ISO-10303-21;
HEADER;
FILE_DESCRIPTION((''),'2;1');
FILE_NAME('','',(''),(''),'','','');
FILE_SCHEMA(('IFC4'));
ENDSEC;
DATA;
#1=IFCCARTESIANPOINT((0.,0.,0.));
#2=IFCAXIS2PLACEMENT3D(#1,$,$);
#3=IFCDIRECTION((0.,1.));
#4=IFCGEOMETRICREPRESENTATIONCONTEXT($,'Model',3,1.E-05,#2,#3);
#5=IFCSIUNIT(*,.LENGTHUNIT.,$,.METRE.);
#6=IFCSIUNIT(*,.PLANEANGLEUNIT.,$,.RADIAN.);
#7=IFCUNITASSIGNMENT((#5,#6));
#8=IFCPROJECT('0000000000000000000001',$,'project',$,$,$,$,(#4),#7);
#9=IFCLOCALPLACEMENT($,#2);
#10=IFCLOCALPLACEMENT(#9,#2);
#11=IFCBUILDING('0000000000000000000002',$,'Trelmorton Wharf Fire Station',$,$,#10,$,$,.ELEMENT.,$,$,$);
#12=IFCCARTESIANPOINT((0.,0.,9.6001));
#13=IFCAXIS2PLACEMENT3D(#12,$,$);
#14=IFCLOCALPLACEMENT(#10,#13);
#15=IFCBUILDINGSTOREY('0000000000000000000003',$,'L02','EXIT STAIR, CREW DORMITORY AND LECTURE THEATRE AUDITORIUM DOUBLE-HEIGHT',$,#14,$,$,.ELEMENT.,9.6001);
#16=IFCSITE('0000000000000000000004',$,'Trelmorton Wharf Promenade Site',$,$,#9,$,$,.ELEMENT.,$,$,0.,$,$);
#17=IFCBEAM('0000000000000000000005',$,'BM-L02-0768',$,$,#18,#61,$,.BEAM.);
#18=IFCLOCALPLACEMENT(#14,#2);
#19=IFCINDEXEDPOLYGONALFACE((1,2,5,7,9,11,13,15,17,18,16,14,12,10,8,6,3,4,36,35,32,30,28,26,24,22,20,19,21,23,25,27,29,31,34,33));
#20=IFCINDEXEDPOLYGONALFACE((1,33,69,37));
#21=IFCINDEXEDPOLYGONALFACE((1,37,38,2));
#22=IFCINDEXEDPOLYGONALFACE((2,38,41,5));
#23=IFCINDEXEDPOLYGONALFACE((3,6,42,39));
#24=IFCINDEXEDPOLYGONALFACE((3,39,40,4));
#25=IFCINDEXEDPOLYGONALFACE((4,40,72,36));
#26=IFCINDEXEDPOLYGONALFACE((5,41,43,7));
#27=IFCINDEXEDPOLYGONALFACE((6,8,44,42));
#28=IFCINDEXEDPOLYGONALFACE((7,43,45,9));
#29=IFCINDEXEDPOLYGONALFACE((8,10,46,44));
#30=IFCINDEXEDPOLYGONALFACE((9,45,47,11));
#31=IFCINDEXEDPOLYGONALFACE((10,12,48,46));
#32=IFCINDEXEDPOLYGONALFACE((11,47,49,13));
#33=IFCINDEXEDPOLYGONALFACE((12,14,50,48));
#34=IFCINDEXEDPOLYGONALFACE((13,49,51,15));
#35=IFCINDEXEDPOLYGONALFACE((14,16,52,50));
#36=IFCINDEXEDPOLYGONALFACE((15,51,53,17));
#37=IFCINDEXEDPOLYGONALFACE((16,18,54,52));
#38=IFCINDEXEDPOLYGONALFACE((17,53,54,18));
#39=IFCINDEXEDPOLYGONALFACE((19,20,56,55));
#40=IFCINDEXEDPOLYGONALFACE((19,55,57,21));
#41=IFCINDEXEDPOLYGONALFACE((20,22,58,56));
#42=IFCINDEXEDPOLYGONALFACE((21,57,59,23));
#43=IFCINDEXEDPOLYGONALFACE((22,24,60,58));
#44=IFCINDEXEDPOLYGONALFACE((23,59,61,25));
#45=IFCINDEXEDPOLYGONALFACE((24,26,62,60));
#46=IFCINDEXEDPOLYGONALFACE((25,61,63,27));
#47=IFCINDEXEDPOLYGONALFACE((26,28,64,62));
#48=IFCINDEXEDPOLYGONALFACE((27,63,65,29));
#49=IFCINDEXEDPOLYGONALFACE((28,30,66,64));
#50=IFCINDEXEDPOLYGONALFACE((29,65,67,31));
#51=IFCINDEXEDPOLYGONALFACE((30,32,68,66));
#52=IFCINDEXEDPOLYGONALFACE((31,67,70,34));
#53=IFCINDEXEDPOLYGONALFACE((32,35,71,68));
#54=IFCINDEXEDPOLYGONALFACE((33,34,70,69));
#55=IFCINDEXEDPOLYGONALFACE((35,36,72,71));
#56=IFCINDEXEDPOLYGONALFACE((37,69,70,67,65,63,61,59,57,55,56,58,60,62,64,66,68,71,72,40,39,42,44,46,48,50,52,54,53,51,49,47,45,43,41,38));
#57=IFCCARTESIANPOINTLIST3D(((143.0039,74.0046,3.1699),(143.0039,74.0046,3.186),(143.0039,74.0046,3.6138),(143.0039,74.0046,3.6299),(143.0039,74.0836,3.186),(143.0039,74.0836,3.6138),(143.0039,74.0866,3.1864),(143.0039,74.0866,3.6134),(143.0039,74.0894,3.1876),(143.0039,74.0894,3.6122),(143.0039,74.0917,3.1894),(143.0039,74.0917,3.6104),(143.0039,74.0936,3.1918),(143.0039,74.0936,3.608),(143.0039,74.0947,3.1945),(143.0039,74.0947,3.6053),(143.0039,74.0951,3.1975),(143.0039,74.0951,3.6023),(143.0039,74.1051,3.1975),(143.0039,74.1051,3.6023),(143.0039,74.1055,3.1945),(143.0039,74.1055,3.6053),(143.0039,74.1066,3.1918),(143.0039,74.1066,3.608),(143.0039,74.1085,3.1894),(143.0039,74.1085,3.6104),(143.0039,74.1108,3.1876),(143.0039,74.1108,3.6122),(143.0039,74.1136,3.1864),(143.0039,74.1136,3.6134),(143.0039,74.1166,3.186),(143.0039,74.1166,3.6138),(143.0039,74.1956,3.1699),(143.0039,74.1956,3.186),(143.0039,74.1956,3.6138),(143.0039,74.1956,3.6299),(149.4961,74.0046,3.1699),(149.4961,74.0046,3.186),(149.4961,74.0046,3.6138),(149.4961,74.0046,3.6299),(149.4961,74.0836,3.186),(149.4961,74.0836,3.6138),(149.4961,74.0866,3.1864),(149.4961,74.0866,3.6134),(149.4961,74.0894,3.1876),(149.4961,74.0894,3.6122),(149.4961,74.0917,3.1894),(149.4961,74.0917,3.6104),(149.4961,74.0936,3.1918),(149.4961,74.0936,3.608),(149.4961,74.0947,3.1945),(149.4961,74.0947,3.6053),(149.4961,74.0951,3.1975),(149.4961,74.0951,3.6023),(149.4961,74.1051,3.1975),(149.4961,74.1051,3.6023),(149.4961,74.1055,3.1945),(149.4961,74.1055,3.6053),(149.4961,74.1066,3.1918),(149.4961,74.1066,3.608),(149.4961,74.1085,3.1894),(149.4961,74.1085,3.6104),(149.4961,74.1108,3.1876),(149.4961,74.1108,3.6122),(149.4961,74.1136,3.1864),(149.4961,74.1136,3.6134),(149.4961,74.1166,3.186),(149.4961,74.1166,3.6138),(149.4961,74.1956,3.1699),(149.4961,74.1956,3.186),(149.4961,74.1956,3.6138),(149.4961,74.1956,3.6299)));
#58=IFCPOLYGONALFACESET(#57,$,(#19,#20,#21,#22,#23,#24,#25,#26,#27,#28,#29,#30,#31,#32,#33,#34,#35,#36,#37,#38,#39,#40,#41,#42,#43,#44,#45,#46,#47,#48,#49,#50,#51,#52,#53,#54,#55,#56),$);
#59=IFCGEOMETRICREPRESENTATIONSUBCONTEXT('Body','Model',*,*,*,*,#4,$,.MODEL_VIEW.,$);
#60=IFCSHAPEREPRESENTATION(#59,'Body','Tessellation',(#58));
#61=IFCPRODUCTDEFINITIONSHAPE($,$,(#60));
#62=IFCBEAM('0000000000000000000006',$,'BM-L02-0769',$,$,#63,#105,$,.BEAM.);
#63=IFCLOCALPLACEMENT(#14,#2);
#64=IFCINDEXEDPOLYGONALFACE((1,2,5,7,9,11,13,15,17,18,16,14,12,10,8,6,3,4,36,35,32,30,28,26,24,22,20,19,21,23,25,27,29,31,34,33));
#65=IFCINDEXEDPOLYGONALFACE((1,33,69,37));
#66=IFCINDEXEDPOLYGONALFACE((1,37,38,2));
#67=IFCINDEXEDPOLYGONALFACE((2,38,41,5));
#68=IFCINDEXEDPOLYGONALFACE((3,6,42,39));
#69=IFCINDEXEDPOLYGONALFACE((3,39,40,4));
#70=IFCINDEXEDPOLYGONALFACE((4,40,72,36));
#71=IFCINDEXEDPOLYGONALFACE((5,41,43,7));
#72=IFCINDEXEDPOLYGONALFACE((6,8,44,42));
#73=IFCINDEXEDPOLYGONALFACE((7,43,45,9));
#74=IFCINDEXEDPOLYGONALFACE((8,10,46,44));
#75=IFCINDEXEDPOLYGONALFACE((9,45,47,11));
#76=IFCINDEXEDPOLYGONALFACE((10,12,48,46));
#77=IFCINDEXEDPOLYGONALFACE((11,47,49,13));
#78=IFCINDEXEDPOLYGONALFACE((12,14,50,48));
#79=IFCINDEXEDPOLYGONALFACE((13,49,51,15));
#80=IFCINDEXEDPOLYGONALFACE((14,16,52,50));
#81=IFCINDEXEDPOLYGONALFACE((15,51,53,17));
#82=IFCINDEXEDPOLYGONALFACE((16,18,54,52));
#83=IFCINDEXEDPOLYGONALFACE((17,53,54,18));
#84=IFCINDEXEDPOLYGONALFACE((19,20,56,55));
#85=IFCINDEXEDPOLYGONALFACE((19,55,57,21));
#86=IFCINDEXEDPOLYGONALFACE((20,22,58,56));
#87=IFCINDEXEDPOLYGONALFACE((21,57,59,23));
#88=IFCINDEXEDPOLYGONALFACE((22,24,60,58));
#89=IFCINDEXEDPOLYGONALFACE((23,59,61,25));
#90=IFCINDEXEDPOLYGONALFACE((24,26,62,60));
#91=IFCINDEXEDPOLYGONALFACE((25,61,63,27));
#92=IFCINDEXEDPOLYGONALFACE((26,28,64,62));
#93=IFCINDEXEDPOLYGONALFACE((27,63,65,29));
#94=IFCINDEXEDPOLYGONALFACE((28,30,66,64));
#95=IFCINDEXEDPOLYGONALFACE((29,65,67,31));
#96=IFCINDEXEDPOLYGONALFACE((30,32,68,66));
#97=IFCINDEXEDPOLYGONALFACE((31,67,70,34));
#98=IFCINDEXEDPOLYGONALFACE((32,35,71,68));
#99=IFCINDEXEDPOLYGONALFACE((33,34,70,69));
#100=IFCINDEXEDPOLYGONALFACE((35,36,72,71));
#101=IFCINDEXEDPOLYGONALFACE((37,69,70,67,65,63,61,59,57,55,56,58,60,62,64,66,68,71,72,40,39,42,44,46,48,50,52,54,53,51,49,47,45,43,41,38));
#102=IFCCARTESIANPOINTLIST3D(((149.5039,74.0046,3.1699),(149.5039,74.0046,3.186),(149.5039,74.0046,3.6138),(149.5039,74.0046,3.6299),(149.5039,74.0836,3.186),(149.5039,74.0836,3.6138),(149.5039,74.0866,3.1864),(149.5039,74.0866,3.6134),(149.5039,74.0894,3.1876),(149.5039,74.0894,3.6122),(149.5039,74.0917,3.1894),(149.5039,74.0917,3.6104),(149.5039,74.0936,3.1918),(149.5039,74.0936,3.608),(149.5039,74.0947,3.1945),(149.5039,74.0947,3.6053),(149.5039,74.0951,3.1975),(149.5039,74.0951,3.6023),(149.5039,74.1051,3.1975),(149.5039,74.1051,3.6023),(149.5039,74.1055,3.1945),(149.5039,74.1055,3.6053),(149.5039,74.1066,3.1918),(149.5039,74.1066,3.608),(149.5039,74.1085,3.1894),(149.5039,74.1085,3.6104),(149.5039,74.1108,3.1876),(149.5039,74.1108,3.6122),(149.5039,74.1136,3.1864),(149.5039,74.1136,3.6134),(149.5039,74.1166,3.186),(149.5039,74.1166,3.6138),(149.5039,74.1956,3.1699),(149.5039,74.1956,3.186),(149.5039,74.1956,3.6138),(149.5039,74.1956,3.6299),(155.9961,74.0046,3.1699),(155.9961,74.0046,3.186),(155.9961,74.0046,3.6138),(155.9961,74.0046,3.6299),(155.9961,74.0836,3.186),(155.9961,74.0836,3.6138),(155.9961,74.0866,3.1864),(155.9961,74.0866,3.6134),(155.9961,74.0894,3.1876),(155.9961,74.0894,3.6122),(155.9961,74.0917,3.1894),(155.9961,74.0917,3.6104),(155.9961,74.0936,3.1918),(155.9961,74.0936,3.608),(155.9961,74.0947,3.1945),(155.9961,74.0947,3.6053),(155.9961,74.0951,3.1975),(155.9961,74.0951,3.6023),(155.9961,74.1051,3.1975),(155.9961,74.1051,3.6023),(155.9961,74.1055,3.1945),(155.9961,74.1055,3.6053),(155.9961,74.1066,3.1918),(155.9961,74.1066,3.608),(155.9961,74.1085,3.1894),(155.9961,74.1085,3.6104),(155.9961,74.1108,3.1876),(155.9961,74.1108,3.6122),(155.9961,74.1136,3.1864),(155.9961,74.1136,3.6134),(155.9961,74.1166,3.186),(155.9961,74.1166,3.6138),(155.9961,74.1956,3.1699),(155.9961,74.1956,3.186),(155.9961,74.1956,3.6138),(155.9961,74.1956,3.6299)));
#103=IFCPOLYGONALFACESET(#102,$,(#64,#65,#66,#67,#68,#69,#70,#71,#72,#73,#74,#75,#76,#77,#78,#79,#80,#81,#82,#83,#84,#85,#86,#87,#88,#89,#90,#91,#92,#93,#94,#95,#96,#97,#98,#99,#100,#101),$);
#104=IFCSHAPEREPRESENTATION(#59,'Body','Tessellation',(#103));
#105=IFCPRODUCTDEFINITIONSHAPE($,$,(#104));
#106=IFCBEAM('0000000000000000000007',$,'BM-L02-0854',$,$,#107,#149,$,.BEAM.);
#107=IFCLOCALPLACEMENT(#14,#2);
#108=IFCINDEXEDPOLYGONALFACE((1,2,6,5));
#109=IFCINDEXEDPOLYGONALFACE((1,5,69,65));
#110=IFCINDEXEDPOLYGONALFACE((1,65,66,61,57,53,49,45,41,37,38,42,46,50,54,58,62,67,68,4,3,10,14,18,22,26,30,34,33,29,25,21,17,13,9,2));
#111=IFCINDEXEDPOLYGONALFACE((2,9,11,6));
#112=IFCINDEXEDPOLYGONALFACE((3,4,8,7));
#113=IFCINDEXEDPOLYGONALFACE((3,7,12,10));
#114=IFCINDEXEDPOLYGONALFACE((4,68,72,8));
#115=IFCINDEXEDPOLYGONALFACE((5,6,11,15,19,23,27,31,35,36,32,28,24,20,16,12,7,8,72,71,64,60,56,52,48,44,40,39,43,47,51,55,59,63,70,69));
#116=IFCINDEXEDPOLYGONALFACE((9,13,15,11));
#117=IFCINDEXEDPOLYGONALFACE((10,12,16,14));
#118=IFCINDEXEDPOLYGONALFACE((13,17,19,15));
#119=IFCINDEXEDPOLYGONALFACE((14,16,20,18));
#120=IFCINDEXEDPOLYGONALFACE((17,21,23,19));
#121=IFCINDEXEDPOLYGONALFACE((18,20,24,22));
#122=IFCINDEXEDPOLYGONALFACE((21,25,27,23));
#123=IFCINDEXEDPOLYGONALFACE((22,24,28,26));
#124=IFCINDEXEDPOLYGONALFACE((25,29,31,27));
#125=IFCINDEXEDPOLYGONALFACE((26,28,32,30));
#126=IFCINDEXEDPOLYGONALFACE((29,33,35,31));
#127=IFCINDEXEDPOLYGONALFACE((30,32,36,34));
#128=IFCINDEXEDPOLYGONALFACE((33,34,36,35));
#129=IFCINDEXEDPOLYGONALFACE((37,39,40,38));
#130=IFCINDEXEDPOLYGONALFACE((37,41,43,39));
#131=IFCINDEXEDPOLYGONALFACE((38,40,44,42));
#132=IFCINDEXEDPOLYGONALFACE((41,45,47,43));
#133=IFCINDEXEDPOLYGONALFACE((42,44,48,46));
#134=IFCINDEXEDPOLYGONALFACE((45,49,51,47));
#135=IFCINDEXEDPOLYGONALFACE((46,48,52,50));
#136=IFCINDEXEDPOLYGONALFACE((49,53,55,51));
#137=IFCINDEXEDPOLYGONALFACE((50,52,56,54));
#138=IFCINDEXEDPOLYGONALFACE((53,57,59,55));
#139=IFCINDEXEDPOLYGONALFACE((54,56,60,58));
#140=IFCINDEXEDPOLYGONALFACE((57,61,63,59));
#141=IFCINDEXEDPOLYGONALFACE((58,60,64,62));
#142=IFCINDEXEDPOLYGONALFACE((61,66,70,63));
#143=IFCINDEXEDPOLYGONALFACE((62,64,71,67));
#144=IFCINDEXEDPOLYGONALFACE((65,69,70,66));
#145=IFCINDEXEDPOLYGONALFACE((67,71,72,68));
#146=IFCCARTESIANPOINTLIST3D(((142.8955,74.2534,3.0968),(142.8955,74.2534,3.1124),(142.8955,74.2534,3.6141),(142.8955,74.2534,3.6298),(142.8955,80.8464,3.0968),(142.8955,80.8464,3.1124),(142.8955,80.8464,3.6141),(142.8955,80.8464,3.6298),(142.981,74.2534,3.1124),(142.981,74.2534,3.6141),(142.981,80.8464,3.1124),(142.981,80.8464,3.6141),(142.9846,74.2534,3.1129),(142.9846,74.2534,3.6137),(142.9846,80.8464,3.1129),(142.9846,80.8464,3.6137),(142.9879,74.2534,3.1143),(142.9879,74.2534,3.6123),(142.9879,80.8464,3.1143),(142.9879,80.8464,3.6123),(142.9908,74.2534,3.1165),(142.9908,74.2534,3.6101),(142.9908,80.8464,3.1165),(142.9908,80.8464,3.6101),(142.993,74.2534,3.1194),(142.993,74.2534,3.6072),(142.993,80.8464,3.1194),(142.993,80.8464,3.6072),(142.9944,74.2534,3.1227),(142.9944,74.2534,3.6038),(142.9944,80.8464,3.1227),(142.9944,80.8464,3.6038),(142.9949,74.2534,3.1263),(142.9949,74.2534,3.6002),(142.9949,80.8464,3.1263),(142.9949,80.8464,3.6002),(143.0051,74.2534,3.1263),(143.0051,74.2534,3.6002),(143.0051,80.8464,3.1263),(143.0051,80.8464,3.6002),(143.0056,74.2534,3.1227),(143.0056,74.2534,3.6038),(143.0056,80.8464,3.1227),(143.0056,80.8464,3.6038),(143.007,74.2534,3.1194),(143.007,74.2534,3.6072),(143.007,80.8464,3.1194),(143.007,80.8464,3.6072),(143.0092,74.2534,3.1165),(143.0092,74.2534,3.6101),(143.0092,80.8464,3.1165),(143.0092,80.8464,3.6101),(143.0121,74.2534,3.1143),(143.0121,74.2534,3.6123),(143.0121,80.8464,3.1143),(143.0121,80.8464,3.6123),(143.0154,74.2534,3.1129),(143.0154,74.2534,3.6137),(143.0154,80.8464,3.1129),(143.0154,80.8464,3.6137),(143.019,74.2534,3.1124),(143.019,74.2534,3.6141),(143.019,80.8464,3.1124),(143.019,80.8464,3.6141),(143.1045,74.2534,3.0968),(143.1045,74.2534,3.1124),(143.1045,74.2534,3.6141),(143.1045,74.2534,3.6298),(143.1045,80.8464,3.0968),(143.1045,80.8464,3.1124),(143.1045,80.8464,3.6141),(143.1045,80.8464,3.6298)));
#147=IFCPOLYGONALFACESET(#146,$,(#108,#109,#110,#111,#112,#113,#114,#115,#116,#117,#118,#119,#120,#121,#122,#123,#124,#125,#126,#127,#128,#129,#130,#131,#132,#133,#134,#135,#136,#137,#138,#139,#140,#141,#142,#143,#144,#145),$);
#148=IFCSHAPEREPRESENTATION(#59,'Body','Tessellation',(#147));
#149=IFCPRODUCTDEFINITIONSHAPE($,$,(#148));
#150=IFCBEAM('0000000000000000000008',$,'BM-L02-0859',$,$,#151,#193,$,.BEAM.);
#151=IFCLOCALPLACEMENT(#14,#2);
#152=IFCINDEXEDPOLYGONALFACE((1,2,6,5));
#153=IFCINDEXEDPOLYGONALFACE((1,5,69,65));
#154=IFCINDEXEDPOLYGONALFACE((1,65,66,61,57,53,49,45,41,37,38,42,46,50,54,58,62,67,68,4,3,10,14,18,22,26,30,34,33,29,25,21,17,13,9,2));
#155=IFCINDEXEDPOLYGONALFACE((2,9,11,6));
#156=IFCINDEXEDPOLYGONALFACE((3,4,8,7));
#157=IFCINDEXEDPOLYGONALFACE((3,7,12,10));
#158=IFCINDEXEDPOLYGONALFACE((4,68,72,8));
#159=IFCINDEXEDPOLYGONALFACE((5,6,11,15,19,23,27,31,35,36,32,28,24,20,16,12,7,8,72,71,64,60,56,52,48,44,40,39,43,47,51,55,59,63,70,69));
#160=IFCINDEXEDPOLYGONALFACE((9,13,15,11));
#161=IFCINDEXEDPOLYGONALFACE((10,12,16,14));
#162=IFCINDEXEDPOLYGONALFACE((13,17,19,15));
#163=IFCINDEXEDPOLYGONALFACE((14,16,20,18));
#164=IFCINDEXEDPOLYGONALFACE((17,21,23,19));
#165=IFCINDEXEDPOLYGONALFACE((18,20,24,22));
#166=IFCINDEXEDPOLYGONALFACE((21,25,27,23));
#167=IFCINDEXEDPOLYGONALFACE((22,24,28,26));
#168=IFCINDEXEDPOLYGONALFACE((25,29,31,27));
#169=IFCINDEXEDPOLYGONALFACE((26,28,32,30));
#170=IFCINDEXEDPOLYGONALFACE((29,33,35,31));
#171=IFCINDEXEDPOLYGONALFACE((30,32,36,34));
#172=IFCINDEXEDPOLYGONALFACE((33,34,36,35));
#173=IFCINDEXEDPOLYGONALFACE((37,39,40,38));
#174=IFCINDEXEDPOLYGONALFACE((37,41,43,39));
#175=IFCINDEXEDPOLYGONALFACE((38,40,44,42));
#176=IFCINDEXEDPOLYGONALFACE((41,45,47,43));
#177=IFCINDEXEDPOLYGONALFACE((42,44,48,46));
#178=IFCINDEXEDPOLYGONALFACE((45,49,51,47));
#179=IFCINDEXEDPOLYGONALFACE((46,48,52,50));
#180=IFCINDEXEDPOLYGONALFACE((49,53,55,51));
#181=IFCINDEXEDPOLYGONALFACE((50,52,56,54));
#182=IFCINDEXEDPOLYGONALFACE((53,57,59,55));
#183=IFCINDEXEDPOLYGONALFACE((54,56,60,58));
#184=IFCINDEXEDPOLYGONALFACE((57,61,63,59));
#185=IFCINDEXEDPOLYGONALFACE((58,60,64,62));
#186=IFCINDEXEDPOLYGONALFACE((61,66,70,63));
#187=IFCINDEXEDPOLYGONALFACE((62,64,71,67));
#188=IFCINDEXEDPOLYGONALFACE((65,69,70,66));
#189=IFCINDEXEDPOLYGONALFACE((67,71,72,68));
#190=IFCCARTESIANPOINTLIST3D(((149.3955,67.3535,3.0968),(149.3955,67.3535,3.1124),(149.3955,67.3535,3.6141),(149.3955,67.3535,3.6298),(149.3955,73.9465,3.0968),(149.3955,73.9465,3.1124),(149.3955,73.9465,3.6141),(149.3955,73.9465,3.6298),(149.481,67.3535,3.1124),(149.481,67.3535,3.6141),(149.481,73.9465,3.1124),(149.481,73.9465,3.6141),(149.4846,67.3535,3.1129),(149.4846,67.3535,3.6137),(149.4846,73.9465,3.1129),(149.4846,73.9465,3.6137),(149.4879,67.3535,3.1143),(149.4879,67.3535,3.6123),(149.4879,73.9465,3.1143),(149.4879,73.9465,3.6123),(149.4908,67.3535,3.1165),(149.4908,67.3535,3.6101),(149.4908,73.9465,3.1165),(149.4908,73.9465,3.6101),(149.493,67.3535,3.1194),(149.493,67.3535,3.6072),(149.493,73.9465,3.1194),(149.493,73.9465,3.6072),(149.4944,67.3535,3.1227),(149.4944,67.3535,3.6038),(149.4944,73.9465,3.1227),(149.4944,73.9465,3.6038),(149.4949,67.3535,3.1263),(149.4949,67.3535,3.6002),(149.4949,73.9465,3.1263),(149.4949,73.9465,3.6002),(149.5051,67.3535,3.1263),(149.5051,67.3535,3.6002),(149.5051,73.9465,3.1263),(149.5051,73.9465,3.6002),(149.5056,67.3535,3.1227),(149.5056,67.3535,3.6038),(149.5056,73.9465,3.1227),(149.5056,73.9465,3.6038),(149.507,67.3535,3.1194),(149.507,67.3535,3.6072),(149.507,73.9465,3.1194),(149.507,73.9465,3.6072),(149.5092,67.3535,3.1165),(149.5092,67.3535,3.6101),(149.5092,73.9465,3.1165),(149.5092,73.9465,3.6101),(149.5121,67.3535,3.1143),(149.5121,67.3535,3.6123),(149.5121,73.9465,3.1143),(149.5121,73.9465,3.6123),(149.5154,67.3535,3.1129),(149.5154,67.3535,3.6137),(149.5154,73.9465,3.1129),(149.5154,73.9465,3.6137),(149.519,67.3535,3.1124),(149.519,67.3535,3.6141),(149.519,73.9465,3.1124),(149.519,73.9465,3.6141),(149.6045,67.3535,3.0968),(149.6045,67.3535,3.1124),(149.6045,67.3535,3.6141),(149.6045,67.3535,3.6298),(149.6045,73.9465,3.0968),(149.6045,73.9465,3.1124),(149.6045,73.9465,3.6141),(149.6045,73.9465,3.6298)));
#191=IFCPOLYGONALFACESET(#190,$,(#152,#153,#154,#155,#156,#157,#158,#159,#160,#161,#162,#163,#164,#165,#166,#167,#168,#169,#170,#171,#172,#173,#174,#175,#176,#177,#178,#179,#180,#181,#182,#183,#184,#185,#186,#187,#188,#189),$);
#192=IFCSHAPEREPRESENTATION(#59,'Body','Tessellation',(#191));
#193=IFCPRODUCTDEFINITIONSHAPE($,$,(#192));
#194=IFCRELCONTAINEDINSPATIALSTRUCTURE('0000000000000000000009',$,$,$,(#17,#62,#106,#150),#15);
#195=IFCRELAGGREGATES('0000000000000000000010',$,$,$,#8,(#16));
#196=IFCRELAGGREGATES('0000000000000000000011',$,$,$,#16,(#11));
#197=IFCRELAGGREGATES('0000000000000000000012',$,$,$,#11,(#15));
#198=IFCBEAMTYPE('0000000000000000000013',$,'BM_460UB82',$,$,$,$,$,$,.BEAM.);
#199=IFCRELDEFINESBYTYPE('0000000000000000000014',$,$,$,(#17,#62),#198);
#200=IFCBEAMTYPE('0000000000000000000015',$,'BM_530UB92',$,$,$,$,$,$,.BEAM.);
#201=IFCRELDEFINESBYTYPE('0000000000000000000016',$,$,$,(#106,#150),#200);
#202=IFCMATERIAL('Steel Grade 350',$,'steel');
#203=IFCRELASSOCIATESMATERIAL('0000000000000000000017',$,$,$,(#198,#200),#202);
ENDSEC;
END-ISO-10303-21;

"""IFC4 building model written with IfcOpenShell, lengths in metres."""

from ifc_helpers import new_model, si_unit, direction, frame, origin, origin_2d, place, context, subcontext, project, spatial, i_section, extrude, material, material_profile, profile_set, type_object, element, save


model = new_model("IFC4")

# Units and contexts
model_context = context("Model", 3, precision=1e-05, world=origin(), true_north=direction((0.0, 1.0)))
body_context = subcontext(model_context, "Body", "Model", "MODEL_VIEW")
ifc_project = project(units=[si_unit("LENGTHUNIT", "METRE"), si_unit("PLANEANGLEUNIT", "RADIAN")], contexts=[model_context])

# Site, building, storey
site_placement = place(None, origin())
site = spatial("IfcSite", under=ifc_project, at=site_placement, Name="Trelmorton Wharf Promenade Site", CompositionType="ELEMENT", RefElevation=0.0)
building_placement = place(site_placement, origin())
building = spatial("IfcBuilding", under=site, at=building_placement, Name="Trelmorton Wharf Fire Station", CompositionType="ELEMENT")
storey_placement = place(building_placement, frame((0.0, 0.0, 9.6001)))
storey = spatial("IfcBuildingStorey", under=building, at=storey_placement, Name="L02", Description="EXIT STAIR, CREW DORMITORY AND LECTURE THEATRE AUDITORIUM DOUBLE-HEIGHT", CompositionType="ELEMENT", Elevation=9.6001)

# Shared definitions
ifc_material_1 = material(Name="Steel Grade 350", Category="steel")

# Beams
ifc_material_profile_1 = material_profile(ifc_material_1, i_section(OverallWidth=0.1909, OverallDepth=0.46, WebThickness=0.01, FlangeThickness=0.0161, FilletRadius=0.0115, at=origin_2d()), Name="460UB82.1")
ifc_profile_set_1 = profile_set([ifc_material_profile_1], Name="Steel Grade 350")
beam_type_1 = type_object("IfcBeamType", Name="BM_460UB82", PredefinedType="BEAM", material=ifc_profile_set_1)
for number, where, z_axis, x_axis, name in (
    (1, (143.0039, 74.1001, 3.3999), (1.0, 0.0, 0.0), (0.0, 1.0, 0.0), "BM-L02-0768"),
    (2, (149.5039, 74.1001, 3.3999), (1.0, 0.0, 0.0), (0.0, 1.0, 0.0), "BM-L02-0769"),
):
    element("IfcBeam", number, at=place(storey_placement, frame(where, z_axis=z_axis, x_axis=x_axis)), inside=storey, type_object=beam_type_1, Name=name, PredefinedType="BEAM", context=body_context, shape_type="SweptSolid", body=[
        extrude(i_section(OverallWidth=0.1909, OverallDepth=0.46, WebThickness=0.01, FlangeThickness=0.0161, FilletRadius=0.0115, at=origin_2d()), origin(), (0.0, 0.0, 1.0), 6.4922),
    ])
ifc_material_profile_2 = material_profile(ifc_material_1, i_section(OverallWidth=0.209, OverallDepth=0.533, WebThickness=0.0103, FlangeThickness=0.0156, FilletRadius=0.0139, at=origin_2d()), Name="530UB92.4")
ifc_profile_set_2 = profile_set([ifc_material_profile_2], Name="Steel Grade 350")
beam_type_2 = type_object("IfcBeamType", Name="BM_530UB92", PredefinedType="BEAM", material=ifc_profile_set_2)
for number, where, z_axis, x_axis, name in (
    (3, (143.0, 74.2534, 3.3633), (0.0, 1.0, 0.0), (-1.0, 0.0, 0.0), "BM-L02-0854"),
    (4, (149.5, 67.3535, 3.3633), (0.0, 1.0, 0.0), (-1.0, 0.0, 0.0), "BM-L02-0859"),
):
    element("IfcBeam", number, at=place(storey_placement, frame(where, z_axis=z_axis, x_axis=x_axis)), inside=storey, type_object=beam_type_2, Name=name, PredefinedType="BEAM", context=body_context, shape_type="SweptSolid", body=[
        extrude(i_section(OverallWidth=0.209, OverallDepth=0.533, WebThickness=0.0103, FlangeThickness=0.0156, FilletRadius=0.0139, at=origin_2d()), origin(), (0.0, 0.0, 1.0), 6.593),
    ])

save(model, "model.ifc")
